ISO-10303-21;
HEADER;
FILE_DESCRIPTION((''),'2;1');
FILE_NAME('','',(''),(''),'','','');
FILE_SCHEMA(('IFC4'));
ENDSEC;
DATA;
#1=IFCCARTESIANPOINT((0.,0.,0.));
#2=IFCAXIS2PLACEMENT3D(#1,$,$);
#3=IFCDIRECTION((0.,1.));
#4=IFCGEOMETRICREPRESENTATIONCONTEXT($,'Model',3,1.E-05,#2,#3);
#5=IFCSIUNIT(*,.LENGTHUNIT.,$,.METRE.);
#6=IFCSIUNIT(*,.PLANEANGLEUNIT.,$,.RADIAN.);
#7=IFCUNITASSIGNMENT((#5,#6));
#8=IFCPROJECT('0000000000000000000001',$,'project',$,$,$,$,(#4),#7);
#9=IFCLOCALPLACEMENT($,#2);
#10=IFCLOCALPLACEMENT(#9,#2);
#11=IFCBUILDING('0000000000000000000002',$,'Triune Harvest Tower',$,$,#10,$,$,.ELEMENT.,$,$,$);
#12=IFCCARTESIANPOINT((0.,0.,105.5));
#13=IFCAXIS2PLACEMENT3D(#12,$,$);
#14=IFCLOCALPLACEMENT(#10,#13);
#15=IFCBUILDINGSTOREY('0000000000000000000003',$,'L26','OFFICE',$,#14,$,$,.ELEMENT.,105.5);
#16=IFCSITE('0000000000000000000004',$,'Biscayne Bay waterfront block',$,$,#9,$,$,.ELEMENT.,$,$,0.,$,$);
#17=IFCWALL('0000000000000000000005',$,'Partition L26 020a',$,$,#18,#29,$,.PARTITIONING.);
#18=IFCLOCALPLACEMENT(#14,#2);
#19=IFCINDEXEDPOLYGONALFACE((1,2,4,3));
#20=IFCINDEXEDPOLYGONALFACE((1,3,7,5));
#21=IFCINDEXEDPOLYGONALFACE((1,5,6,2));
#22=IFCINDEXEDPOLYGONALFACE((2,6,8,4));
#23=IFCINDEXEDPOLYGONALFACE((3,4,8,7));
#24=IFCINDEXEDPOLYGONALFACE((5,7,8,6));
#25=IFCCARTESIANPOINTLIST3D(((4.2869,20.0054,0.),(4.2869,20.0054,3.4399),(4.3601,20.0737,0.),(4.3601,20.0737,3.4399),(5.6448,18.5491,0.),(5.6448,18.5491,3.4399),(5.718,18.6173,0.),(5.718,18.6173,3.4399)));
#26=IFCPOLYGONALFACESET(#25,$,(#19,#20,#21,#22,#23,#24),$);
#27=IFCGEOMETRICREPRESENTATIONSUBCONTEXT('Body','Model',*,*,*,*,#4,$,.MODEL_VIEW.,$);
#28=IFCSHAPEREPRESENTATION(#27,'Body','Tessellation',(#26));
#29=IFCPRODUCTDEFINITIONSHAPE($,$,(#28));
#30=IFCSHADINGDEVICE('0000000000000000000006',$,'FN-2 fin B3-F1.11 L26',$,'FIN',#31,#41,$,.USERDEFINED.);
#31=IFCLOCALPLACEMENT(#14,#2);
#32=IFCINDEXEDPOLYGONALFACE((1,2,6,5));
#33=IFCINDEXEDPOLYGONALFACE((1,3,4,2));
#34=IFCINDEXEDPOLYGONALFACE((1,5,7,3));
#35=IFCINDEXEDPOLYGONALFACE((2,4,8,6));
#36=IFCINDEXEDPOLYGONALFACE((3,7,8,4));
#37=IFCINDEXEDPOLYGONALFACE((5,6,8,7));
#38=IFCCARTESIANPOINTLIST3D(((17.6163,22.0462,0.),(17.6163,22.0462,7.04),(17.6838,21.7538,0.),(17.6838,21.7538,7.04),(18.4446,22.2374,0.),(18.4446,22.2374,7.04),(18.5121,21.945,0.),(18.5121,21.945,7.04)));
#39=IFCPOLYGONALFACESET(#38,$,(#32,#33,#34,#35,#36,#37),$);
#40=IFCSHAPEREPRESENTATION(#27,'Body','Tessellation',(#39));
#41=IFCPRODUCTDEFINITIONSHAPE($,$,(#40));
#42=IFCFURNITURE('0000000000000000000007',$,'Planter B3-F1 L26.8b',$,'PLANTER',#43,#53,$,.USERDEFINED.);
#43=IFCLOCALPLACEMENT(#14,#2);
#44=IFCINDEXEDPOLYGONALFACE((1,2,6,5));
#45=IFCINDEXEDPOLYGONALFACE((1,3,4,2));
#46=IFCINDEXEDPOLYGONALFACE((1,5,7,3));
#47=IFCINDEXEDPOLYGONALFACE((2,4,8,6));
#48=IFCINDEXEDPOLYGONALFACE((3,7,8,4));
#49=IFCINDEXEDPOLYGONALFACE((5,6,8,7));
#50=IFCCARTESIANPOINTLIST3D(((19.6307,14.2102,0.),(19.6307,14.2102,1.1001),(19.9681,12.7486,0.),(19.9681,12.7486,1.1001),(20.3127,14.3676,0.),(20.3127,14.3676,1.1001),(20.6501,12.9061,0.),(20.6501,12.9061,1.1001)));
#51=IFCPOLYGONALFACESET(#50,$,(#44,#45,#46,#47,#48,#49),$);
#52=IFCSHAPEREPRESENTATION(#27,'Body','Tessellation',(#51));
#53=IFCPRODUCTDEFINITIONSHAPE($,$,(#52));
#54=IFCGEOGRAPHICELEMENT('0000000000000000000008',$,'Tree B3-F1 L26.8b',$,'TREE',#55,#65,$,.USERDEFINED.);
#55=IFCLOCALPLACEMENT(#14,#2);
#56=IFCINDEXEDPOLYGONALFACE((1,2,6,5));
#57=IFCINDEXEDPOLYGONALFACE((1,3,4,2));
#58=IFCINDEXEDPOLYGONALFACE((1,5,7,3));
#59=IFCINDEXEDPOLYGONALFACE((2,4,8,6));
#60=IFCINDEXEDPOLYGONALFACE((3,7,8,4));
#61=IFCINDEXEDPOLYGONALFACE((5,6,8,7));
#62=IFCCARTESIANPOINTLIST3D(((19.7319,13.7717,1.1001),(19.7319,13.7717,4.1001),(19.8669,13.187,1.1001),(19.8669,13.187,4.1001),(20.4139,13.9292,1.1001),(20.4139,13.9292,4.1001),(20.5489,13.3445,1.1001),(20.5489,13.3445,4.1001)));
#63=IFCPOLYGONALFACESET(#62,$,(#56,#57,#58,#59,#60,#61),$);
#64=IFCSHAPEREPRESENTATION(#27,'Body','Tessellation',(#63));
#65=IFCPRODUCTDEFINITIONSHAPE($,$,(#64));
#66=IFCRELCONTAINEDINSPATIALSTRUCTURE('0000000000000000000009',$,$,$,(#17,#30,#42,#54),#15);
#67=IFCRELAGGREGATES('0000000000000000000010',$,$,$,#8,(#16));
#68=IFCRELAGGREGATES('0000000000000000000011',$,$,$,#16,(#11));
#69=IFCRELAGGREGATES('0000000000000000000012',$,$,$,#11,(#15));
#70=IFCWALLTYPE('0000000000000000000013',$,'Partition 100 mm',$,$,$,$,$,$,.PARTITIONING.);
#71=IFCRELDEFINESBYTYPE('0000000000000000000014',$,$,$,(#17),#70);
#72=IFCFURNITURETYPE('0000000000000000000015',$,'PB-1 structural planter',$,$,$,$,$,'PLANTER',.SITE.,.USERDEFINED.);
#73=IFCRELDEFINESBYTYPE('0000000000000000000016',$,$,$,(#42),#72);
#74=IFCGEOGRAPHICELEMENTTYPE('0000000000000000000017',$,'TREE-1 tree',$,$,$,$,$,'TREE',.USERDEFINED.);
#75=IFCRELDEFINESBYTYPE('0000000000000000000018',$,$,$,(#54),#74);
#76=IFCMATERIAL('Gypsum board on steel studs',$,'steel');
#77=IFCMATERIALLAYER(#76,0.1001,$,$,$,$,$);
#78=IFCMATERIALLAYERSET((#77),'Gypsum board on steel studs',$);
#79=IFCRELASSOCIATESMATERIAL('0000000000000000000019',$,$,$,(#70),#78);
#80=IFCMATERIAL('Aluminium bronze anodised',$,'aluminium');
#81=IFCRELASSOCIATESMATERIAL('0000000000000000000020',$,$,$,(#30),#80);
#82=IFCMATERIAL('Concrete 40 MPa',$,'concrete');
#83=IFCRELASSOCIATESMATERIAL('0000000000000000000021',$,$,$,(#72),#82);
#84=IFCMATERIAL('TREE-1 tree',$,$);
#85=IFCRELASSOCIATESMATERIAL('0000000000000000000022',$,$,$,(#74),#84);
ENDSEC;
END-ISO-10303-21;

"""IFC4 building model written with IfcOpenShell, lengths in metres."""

from ifc_helpers import new_model, si_unit, direction, frame, frame_2d, origin, origin_2d, place, context, subcontext, project, spatial, rectangle, extrude, source, transform, mapped, material, layer, layer_set, type_object, element, save


model = new_model("IFC4")

# Units and contexts
model_context = context("Model", 3, precision=1e-05, world=origin(), true_north=direction((0.0, 1.0)))
body_context = subcontext(model_context, "Body", "Model", "MODEL_VIEW")
ifc_project = project(units=[si_unit("LENGTHUNIT", "METRE"), si_unit("PLANEANGLEUNIT", "RADIAN")], contexts=[model_context])

# Site, building, storey
site_placement = place(None, origin())
site = spatial("IfcSite", under=ifc_project, at=site_placement, Name="Biscayne Bay waterfront block", CompositionType="ELEMENT", RefElevation=0.0)
building_placement = place(site_placement, origin())
building = spatial("IfcBuilding", under=site, at=building_placement, Name="Triune Harvest Tower", CompositionType="ELEMENT")
storey_placement = place(building_placement, frame((0.0, 0.0, 105.5)))
storey = spatial("IfcBuildingStorey", under=building, at=storey_placement, Name="L26", Description="OFFICE", CompositionType="ELEMENT", Elevation=105.5)

# Shared definitions
ifc_material_1 = material(Name="Aluminium bronze anodised", Category="aluminium")

# Wall
ifc_material_2 = material(Name="Gypsum board on steel studs", Category="steel")
ifc_layer_1 = layer(ifc_material_2, 0.1001)
ifc_layer_set_1 = layer_set([ifc_layer_1], Name="Gypsum board on steel studs")
wall_type_1 = type_object("IfcWallType", Name="Partition 100 mm", PredefinedType="PARTITIONING", material=ifc_layer_set_1)
shared_shape_1 = source(origin(), body_context, "Body", "SweptSolid", [
    extrude(rectangle(XDim=1.9912, YDim=0.1001, at=frame_2d((0.9956, 0.0))), origin(), (0.0, 0.0, 1.0), 3.4399),
])
wall_1_placement = place(storey_placement, frame((4.3235, 20.0396, 0.0), z_axis=(0.0, 0.0, 1.0), x_axis=(0.681969, -0.731381, 0.0)))
element("IfcWall", 1, at=wall_1_placement, inside=storey, type_object=wall_type_1, Name="Partition L26 020a", PredefinedType="PARTITIONING", context=body_context, shape_type="MappedRepresentation", body=[
    mapped(shared_shape_1, transform((0.0, 0.0, 0.0), scale=1.0)),
])

# Shading device
shared_shape_2 = source(origin(), body_context, "Body", "SweptSolid", [
    extrude(rectangle(XDim=0.3, YDim=0.8501, at=origin_2d()), origin(), (0.0, 0.0, 1.0), 7.04),
])
shading_device_placement = place(storey_placement, frame((18.0642, 21.9956, 0.0), z_axis=(0.0, 0.0, 1.0), x_axis=(-0.224951, 0.97437, 0.0)))
element("IfcShadingDevice", 2, at=shading_device_placement, inside=storey, material=ifc_material_1, Name="FN-2 fin B3-F1.11 L26", ObjectType="FIN", PredefinedType="USERDEFINED", context=body_context, shape_type="MappedRepresentation", body=[
    mapped(shared_shape_2, transform((0.0, 0.0, 0.0), scale=1.0)),
])

# Furniture
ifc_material_3 = material(Name="Concrete 40 MPa", Category="concrete")
furniture_type = type_object("IfcFurnitureType", Name="PB-1 structural planter", ElementType="PLANTER", AssemblyPlace="SITE", PredefinedType="USERDEFINED", material=ifc_material_3)
shared_shape_3 = source(origin(), body_context, "Body", "SweptSolid", [
    extrude(rectangle(XDim=1.5, YDim=0.7, at=origin_2d()), origin(), (0.0, 0.0, 1.0), 1.1001),
])
furniture_placement = place(storey_placement, frame((20.1404, 13.5581, 0.0), z_axis=(0.0, 0.0, 1.0), x_axis=(-0.224951, 0.97437, 0.0)))
element("IfcFurniture", 3, at=furniture_placement, inside=storey, type_object=furniture_type, Name="Planter B3-F1 L26.8b", ObjectType="PLANTER", PredefinedType="USERDEFINED", context=body_context, shape_type="MappedRepresentation", body=[
    mapped(shared_shape_3, transform((0.0, 0.0, 0.0), scale=1.0)),
])

# Geographic element
ifc_material_4 = material(Name="TREE-1 tree")
geographic_element_type = type_object("IfcGeographicElementType", Name="TREE-1 tree", ElementType="TREE", PredefinedType="USERDEFINED", material=ifc_material_4)
shared_shape_4 = source(origin(), body_context, "Body", "SweptSolid", [
    extrude(rectangle(XDim=0.6001, YDim=0.7, at=origin_2d()), origin(), (0.0, 0.0, 1.0), 3.0),
])
geographic_element_placement = place(storey_placement, frame((20.1404, 13.5581, 1.1001), z_axis=(0.0, 0.0, 1.0), x_axis=(-0.224951, 0.97437, 0.0)))
element("IfcGeographicElement", 4, at=geographic_element_placement, inside=storey, type_object=geographic_element_type, Name="Tree B3-F1 L26.8b", ObjectType="TREE", PredefinedType="USERDEFINED", context=body_context, shape_type="MappedRepresentation", body=[
    mapped(shared_shape_4, transform((0.0, 0.0, 0.0), scale=1.0)),
])

save(model, "model.ifc")
